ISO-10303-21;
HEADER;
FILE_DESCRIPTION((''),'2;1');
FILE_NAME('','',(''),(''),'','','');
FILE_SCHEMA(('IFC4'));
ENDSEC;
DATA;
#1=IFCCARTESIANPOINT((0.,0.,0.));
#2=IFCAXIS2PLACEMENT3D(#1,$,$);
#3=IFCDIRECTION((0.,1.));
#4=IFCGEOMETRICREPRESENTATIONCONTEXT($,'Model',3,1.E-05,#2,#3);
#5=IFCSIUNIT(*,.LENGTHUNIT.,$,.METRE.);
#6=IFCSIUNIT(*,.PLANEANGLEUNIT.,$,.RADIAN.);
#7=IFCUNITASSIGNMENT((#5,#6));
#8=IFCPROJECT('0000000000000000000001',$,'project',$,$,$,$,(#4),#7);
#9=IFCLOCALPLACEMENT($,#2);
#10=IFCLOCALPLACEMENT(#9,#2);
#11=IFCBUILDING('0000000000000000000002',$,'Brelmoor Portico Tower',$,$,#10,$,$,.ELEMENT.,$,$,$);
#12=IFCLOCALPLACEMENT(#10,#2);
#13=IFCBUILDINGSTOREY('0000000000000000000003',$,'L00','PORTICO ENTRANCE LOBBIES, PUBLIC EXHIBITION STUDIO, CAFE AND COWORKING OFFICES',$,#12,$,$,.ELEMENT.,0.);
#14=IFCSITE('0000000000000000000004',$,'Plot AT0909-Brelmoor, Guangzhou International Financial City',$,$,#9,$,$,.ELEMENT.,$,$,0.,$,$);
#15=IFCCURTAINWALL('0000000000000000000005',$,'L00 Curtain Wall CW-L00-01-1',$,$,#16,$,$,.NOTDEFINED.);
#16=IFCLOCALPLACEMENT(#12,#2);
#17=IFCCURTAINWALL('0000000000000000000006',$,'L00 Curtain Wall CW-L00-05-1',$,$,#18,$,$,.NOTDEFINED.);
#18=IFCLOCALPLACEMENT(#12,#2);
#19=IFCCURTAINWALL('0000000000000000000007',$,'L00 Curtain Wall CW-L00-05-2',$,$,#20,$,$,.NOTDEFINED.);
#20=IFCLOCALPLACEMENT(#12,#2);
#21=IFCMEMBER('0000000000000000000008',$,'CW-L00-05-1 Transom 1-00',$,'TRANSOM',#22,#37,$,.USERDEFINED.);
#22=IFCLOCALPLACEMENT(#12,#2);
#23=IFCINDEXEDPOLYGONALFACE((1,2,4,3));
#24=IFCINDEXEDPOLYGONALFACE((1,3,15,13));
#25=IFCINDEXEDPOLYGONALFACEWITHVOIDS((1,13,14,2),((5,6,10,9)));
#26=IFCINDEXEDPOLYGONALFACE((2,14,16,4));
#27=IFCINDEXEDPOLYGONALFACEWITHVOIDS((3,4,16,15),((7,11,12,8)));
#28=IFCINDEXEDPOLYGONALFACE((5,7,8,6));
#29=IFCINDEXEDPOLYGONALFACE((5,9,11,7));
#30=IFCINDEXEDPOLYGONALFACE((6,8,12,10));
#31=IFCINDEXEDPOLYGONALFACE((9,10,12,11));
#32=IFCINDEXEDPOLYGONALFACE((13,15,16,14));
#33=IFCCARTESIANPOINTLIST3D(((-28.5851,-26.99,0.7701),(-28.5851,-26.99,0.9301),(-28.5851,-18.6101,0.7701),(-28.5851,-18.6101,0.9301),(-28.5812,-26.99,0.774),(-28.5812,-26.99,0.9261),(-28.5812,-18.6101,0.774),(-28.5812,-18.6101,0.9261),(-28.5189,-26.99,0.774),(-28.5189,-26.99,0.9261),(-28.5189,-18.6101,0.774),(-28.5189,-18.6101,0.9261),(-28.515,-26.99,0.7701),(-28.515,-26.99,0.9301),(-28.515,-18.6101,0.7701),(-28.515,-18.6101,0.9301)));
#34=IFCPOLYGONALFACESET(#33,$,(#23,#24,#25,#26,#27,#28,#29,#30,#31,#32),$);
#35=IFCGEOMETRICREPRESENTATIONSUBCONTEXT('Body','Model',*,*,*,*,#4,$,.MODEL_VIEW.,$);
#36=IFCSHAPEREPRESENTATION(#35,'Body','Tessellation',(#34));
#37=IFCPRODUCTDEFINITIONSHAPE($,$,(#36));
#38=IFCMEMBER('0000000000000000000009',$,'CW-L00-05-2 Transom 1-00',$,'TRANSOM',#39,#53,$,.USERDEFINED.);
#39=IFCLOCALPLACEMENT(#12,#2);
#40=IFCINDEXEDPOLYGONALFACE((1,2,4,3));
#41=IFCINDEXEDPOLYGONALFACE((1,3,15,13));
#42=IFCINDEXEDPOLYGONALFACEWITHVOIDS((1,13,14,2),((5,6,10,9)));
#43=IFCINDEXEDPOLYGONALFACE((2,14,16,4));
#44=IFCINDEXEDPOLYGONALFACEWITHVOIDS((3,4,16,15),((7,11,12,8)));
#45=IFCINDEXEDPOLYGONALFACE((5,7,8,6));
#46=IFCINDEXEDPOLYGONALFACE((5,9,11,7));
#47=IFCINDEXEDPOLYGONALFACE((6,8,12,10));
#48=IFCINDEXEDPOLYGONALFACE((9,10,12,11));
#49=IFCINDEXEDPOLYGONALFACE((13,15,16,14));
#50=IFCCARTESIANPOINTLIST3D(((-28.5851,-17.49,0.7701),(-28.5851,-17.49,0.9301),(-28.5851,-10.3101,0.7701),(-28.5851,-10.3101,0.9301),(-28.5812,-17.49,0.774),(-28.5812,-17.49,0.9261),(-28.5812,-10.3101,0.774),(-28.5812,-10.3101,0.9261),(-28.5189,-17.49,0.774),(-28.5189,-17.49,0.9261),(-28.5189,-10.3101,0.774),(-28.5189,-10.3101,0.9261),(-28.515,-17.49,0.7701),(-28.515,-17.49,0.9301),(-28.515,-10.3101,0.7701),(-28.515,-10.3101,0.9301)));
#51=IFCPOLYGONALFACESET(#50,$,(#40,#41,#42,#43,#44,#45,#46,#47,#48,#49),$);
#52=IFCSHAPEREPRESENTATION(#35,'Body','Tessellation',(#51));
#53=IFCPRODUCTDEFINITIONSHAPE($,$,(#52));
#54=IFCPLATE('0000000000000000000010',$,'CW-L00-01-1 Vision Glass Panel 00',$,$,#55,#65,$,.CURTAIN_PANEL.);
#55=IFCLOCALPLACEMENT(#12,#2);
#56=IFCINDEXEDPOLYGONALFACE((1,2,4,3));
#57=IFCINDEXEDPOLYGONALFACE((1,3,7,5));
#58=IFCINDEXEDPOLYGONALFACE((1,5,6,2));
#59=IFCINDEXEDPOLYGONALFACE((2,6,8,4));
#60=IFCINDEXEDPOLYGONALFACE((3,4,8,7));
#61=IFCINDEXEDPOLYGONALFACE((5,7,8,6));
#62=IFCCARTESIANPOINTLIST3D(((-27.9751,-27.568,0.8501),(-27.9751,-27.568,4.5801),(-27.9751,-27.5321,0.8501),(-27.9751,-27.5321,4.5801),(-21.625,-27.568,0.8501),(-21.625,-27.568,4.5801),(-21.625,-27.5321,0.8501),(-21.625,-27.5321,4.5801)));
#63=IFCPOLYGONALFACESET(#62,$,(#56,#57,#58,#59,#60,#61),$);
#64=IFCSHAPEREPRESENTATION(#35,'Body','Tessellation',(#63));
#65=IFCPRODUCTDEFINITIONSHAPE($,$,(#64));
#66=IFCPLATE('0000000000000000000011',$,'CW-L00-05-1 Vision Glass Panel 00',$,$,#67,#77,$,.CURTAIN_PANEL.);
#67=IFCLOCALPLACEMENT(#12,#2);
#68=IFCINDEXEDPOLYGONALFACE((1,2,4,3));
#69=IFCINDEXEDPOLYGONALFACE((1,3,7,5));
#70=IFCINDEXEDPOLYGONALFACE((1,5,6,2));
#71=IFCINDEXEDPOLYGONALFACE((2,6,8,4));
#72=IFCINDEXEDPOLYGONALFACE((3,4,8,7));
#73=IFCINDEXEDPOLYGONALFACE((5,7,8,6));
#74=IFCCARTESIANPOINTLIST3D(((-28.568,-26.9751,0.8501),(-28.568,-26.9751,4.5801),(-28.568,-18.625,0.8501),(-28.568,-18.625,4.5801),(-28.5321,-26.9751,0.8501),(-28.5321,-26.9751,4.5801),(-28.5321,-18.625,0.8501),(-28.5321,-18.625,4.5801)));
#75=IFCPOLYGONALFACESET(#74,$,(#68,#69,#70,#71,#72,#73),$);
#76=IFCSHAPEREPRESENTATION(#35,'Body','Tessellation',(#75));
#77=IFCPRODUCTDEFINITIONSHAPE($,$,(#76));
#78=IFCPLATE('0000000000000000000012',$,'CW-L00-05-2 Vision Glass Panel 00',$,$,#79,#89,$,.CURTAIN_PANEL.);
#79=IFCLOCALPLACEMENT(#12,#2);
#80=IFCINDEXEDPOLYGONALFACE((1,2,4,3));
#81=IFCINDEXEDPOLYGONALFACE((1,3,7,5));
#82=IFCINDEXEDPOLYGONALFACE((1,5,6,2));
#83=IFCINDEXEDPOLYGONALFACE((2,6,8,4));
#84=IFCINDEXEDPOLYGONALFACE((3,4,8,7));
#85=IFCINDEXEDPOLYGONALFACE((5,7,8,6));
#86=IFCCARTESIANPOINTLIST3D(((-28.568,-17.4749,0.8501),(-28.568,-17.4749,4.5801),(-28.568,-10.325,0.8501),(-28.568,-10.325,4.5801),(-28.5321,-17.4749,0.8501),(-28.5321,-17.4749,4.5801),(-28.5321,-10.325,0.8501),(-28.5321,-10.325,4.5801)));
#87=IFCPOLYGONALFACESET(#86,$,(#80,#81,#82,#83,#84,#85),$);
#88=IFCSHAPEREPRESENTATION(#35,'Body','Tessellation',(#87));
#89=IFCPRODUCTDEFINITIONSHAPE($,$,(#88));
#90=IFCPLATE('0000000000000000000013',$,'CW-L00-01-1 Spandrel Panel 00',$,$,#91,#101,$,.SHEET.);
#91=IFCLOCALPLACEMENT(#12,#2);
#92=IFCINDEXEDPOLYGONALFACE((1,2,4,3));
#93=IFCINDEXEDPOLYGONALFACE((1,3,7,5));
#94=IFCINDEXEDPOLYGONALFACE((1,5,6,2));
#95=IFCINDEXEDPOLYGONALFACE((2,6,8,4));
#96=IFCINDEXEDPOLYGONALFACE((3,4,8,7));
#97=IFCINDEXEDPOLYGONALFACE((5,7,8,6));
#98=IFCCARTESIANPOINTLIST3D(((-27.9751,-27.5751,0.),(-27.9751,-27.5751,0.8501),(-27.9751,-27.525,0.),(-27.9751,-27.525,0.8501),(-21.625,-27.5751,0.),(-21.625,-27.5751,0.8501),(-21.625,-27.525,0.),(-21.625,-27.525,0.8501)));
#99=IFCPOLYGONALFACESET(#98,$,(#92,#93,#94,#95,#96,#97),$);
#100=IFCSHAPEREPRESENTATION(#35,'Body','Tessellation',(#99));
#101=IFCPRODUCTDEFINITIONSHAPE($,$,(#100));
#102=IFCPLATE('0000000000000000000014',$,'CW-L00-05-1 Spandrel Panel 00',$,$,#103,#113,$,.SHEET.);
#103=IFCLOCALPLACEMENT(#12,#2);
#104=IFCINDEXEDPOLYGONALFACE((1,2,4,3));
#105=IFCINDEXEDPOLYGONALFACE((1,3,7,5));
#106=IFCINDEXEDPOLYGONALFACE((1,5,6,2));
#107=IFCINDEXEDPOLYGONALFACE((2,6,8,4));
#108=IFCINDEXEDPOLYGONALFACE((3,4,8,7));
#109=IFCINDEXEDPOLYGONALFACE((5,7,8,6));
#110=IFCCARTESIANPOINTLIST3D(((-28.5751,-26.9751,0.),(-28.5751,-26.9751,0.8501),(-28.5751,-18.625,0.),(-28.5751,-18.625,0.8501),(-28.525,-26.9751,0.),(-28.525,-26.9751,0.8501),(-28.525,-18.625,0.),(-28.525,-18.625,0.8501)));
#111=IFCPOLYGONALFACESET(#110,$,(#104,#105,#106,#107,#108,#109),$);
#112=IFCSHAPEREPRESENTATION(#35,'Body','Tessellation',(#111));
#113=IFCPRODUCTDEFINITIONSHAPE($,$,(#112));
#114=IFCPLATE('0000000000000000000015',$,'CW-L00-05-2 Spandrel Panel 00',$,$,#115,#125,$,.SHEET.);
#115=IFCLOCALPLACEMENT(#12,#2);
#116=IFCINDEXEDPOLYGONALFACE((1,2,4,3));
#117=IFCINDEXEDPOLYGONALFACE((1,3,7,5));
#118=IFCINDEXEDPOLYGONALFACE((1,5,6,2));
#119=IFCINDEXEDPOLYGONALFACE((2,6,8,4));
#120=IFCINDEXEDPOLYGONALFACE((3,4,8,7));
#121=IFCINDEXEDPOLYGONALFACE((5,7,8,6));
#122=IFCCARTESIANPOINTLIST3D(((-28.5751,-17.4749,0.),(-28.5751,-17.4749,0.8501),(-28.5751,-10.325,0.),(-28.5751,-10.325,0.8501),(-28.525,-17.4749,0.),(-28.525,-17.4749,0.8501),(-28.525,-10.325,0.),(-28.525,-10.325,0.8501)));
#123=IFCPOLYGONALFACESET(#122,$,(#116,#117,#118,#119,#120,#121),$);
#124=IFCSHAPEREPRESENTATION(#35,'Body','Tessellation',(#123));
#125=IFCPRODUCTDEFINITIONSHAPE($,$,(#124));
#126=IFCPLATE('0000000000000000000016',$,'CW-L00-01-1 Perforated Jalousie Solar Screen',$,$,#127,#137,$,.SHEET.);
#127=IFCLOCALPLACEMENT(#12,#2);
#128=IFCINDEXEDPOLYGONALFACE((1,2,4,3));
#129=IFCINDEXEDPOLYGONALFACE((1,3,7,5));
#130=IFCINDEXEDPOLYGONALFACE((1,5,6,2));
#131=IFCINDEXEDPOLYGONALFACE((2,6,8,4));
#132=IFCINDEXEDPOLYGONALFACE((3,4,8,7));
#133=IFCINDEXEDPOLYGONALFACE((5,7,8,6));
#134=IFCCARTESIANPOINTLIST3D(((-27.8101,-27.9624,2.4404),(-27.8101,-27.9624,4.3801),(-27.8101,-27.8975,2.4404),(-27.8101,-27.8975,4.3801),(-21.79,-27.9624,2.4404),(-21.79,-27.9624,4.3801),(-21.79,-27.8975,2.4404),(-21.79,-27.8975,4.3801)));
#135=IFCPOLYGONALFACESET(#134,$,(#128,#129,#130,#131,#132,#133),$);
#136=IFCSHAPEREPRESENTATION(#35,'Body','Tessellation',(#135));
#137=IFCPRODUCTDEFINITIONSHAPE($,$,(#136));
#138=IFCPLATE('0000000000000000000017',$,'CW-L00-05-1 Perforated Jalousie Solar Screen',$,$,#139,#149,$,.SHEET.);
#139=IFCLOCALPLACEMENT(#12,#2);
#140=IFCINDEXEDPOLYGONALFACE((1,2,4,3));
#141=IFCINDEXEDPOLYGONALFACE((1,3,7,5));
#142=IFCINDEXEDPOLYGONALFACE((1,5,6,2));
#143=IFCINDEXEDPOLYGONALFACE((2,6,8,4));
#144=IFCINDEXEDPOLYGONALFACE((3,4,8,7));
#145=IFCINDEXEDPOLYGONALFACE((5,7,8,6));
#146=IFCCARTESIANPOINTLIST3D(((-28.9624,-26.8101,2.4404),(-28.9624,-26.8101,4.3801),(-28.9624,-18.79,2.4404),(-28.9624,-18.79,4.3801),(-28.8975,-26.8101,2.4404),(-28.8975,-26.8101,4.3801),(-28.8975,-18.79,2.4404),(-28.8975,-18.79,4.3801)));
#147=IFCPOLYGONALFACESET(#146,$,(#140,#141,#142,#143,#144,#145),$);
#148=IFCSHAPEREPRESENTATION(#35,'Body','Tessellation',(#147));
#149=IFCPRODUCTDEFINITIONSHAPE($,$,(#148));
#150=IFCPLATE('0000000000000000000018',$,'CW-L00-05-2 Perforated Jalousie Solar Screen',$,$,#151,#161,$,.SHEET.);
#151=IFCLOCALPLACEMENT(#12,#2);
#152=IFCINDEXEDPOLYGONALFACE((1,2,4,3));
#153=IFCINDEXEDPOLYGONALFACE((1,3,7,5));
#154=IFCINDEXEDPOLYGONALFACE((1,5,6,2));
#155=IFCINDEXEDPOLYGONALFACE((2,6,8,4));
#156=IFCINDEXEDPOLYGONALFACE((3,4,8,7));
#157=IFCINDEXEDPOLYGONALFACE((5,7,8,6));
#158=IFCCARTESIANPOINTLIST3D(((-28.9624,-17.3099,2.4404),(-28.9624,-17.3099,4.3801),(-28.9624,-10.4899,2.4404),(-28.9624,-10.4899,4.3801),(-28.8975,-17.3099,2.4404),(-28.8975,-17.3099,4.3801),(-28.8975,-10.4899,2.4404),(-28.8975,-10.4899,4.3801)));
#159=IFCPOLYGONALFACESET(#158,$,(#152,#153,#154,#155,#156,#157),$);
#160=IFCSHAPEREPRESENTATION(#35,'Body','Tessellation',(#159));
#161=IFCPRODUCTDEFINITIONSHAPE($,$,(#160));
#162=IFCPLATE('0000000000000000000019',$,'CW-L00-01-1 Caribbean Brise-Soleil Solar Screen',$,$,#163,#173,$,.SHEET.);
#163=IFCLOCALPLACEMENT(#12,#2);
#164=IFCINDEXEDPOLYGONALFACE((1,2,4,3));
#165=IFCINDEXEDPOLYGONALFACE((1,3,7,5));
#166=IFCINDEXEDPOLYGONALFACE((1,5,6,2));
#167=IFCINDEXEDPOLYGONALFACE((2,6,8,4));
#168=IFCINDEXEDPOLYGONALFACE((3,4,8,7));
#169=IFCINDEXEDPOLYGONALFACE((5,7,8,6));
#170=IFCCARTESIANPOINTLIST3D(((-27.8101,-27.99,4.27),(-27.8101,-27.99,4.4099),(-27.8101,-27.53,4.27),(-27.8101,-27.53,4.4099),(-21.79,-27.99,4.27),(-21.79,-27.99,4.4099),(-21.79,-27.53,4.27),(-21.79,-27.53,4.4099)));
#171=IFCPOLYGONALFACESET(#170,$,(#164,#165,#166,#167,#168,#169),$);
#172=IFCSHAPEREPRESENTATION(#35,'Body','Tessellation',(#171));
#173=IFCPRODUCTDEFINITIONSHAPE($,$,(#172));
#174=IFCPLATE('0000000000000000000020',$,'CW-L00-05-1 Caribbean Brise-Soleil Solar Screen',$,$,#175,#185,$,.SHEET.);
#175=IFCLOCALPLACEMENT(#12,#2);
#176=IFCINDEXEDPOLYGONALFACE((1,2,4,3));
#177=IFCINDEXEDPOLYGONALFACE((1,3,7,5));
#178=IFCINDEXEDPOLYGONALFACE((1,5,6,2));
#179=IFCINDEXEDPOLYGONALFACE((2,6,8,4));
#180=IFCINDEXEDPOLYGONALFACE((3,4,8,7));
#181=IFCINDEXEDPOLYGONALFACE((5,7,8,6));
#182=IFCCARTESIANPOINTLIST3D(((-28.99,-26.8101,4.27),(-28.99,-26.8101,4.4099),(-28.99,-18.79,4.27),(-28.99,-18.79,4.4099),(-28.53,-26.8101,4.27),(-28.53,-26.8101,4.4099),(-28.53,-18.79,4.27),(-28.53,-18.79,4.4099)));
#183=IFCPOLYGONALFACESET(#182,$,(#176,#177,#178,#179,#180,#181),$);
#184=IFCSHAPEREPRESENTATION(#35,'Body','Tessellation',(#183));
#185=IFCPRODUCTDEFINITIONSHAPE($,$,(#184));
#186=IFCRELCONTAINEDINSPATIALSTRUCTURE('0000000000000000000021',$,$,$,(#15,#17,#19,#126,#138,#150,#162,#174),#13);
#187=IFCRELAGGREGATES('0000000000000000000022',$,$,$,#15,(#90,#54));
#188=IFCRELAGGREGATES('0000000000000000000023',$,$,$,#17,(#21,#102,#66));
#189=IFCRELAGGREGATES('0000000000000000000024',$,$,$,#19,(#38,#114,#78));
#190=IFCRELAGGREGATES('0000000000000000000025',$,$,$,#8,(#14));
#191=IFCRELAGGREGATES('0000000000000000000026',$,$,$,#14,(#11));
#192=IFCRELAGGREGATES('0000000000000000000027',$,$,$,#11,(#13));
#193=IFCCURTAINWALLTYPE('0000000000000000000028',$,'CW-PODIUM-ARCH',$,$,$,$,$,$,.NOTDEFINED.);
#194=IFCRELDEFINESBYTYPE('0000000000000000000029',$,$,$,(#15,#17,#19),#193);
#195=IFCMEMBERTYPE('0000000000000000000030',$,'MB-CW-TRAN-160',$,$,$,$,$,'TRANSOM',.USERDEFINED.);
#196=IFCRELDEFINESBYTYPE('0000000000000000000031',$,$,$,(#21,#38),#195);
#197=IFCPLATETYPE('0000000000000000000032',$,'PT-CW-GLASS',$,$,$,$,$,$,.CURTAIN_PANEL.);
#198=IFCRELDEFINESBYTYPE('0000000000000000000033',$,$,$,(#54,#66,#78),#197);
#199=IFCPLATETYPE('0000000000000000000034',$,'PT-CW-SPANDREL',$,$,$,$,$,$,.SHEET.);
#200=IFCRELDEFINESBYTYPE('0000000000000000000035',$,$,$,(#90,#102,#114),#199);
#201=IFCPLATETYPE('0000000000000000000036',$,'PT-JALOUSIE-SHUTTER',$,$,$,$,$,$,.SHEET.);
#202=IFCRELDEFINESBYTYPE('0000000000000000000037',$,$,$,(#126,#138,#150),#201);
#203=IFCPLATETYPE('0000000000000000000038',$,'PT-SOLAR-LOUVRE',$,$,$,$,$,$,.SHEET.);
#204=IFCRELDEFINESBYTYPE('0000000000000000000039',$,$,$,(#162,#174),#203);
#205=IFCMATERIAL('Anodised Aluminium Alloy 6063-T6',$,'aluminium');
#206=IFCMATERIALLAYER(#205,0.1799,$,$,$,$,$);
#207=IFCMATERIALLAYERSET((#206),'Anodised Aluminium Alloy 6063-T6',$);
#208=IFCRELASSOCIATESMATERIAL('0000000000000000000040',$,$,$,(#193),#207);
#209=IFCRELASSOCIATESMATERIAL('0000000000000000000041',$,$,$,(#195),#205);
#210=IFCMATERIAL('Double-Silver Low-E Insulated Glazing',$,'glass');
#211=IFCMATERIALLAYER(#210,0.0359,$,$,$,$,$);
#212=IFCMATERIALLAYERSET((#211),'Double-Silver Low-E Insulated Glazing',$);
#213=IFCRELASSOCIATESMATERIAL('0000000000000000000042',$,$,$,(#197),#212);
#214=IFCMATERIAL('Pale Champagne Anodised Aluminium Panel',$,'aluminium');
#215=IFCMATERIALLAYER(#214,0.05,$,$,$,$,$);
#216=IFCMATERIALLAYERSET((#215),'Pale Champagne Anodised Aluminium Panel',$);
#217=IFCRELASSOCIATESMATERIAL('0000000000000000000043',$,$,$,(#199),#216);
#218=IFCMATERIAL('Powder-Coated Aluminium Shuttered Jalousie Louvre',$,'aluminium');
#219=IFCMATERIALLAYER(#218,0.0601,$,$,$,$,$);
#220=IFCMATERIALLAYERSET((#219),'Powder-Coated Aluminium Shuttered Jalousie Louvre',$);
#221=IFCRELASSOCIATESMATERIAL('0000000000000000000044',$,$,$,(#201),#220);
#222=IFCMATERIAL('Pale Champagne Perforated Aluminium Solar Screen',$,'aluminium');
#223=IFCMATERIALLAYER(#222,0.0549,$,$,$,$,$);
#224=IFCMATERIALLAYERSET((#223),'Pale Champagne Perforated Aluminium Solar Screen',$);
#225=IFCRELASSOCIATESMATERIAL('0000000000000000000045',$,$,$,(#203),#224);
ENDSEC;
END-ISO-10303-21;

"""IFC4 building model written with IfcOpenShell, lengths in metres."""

from ifc_helpers import new_model, si_unit, direction, frame, origin, origin_2d, place, context, subcontext, project, spatial, rectangle, hollow_rectangle, extrude, material, layer, layer_set, material_profile, profile_set, type_object, element, aggregate, save


model = new_model("IFC4")

# Units and contexts
model_context = context("Model", 3, precision=1e-05, world=origin(), true_north=direction((0.0, 1.0)))
body_context = subcontext(model_context, "Body", "Model", "MODEL_VIEW")
ifc_project = project(units=[si_unit("LENGTHUNIT", "METRE"), si_unit("PLANEANGLEUNIT", "RADIAN")], contexts=[model_context])

# Site, building, storey
site_placement = place(None, origin())
site = spatial("IfcSite", under=ifc_project, at=site_placement, Name="Plot AT0909-Brelmoor, Guangzhou International Financial City", CompositionType="ELEMENT", RefElevation=0.0)
building_placement = place(site_placement, origin())
building = spatial("IfcBuilding", under=site, at=building_placement, Name="Brelmoor Portico Tower", CompositionType="ELEMENT")
storey_placement = place(building_placement, origin())
storey = spatial("IfcBuildingStorey", under=building, at=storey_placement, Name="L00", Description="PORTICO ENTRANCE LOBBIES, PUBLIC EXHIBITION STUDIO, CAFE AND COWORKING OFFICES", CompositionType="ELEMENT", Elevation=0.0)

# Curtain wall
ifc_material_1 = material(Name="Anodised Aluminium Alloy 6063-T6", Category="aluminium")
ifc_layer_1 = layer(ifc_material_1, 0.1799)
ifc_layer_set_1 = layer_set([ifc_layer_1], Name="Anodised Aluminium Alloy 6063-T6")
curtain_wall_type = type_object("IfcCurtainWallType", Name="CW-PODIUM-ARCH", PredefinedType="NOTDEFINED", material=ifc_layer_set_1)
curtain_wall_1_placement = place(storey_placement, origin())
curtain_wall_1 = element("IfcCurtainWall", 1, at=curtain_wall_1_placement, inside=storey, type_object=curtain_wall_type, Name="L00 Curtain Wall CW-L00-01-1", PredefinedType="NOTDEFINED")

# Curtain wall
curtain_wall_2_placement = place(storey_placement, origin())
curtain_wall_2 = element("IfcCurtainWall", 2, at=curtain_wall_2_placement, inside=storey, type_object=curtain_wall_type, Name="L00 Curtain Wall CW-L00-05-1", PredefinedType="NOTDEFINED")

# Curtain wall
curtain_wall_3_placement = place(storey_placement, origin())
curtain_wall_3 = element("IfcCurtainWall", 3, at=curtain_wall_3_placement, inside=storey, type_object=curtain_wall_type, Name="L00 Curtain Wall CW-L00-05-2", PredefinedType="NOTDEFINED")

# Members
ifc_material_profile_1 = material_profile(ifc_material_1, hollow_rectangle(XDim=0.0701, YDim=0.1599, WallThickness=0.0039, at=origin_2d()), Name="ALU TRANSOM 70x160")
ifc_profile_set_1 = profile_set([ifc_material_profile_1], Name="Anodised Aluminium Alloy 6063-T6")
member_type_1 = type_object("IfcMemberType", Name="MB-CW-TRAN-160", ElementType="TRANSOM", PredefinedType="USERDEFINED", material=ifc_profile_set_1)
member_1_placement = place(storey_placement, frame((-28.55, -26.99, 0.8501), z_axis=(0.0, 1.0, 0.0), x_axis=(-1.0, 0.0, 0.0)))
member_1 = element("IfcMember", 4, at=member_1_placement, type_object=member_type_1, Name="CW-L00-05-1 Transom 1-00", ObjectType="TRANSOM", PredefinedType="USERDEFINED", context=body_context, shape_type="SweptSolid", body=[
    extrude(hollow_rectangle(XDim=0.0701, YDim=0.1599, WallThickness=0.0039, at=origin_2d()), origin(), (0.0, 0.0, 1.0), 8.3799),
])
member_2_placement = place(storey_placement, frame((-28.55, -17.49, 0.8501), z_axis=(0.0, 1.0, 0.0), x_axis=(-1.0, 0.0, 0.0)))
member_2 = element("IfcMember", 5, at=member_2_placement, type_object=member_type_1, Name="CW-L00-05-2 Transom 1-00", ObjectType="TRANSOM", PredefinedType="USERDEFINED", context=body_context, shape_type="SweptSolid", body=[
    extrude(hollow_rectangle(XDim=0.0701, YDim=0.1599, WallThickness=0.0039, at=origin_2d()), origin(), (0.0, 0.0, 1.0), 7.1799),
])

# Plates
ifc_material_2 = material(Name="Double-Silver Low-E Insulated Glazing", Category="glass")
ifc_layer_2 = layer(ifc_material_2, 0.0359)
ifc_layer_set_2 = layer_set([ifc_layer_2], Name="Double-Silver Low-E Insulated Glazing")
plate_type_1 = type_object("IfcPlateType", Name="PT-CW-GLASS", PredefinedType="CURTAIN_PANEL", material=ifc_layer_set_2)
plate_1_placement = place(storey_placement, frame((-24.8, -27.55, 0.8501), z_axis=(0.0, 0.0, 1.0), x_axis=(1.0, 0.0, 0.0)))
plate_1 = element("IfcPlate", 6, at=plate_1_placement, type_object=plate_type_1, Name="CW-L00-01-1 Vision Glass Panel 00", PredefinedType="CURTAIN_PANEL", context=body_context, shape_type="SweptSolid", body=[
    extrude(rectangle(XDim=6.3501, YDim=0.0359, at=origin_2d()), origin(), (0.0, 0.0, 1.0), 3.73),
])
plate_2_placement = place(storey_placement, frame((-28.55, -22.8, 0.8501), z_axis=(0.0, 0.0, 1.0), x_axis=(0.0, 1.0, 0.0)))
plate_2 = element("IfcPlate", 7, at=plate_2_placement, type_object=plate_type_1, Name="CW-L00-05-1 Vision Glass Panel 00", PredefinedType="CURTAIN_PANEL", context=body_context, shape_type="SweptSolid", body=[
    extrude(rectangle(XDim=8.3501, YDim=0.0359, at=origin_2d()), origin(), (0.0, 0.0, 1.0), 3.73),
])
plate_3_placement = place(storey_placement, frame((-28.55, -13.8999, 0.8501), z_axis=(0.0, 0.0, 1.0), x_axis=(0.0, 1.0, 0.0)))
plate_3 = element("IfcPlate", 8, at=plate_3_placement, type_object=plate_type_1, Name="CW-L00-05-2 Vision Glass Panel 00", PredefinedType="CURTAIN_PANEL", context=body_context, shape_type="SweptSolid", body=[
    extrude(rectangle(XDim=7.1499, YDim=0.0359, at=origin_2d()), origin(), (0.0, 0.0, 1.0), 3.73),
])
ifc_material_3 = material(Name="Pale Champagne Anodised Aluminium Panel", Category="aluminium")
ifc_layer_3 = layer(ifc_material_3, 0.05)
ifc_layer_set_3 = layer_set([ifc_layer_3], Name="Pale Champagne Anodised Aluminium Panel")
plate_type_2 = type_object("IfcPlateType", Name="PT-CW-SPANDREL", PredefinedType="SHEET", material=ifc_layer_set_3)
plate_4_placement = place(storey_placement, frame((-24.8, -27.55, 0.0), z_axis=(0.0, 0.0, 1.0), x_axis=(1.0, 0.0, 0.0)))
plate_4 = element("IfcPlate", 9, at=plate_4_placement, type_object=plate_type_2, Name="CW-L00-01-1 Spandrel Panel 00", PredefinedType="SHEET", context=body_context, shape_type="SweptSolid", body=[
    extrude(rectangle(XDim=6.3501, YDim=0.05, at=origin_2d()), origin(), (0.0, 0.0, 1.0), 0.8501),
])
aggregate(curtain_wall_1, [plate_4, plate_1])
plate_5_placement = place(storey_placement, frame((-28.55, -22.8, 0.0), z_axis=(0.0, 0.0, 1.0), x_axis=(0.0, 1.0, 0.0)))
plate_5 = element("IfcPlate", 10, at=plate_5_placement, type_object=plate_type_2, Name="CW-L00-05-1 Spandrel Panel 00", PredefinedType="SHEET", context=body_context, shape_type="SweptSolid", body=[
    extrude(rectangle(XDim=8.3501, YDim=0.05, at=origin_2d()), origin(), (0.0, 0.0, 1.0), 0.8501),
])
aggregate(curtain_wall_2, [member_1, plate_5, plate_2])
plate_6_placement = place(storey_placement, frame((-28.55, -13.8999, 0.0), z_axis=(0.0, 0.0, 1.0), x_axis=(0.0, 1.0, 0.0)))
plate_6 = element("IfcPlate", 11, at=plate_6_placement, type_object=plate_type_2, Name="CW-L00-05-2 Spandrel Panel 00", PredefinedType="SHEET", context=body_context, shape_type="SweptSolid", body=[
    extrude(rectangle(XDim=7.1499, YDim=0.05, at=origin_2d()), origin(), (0.0, 0.0, 1.0), 0.8501),
])
aggregate(curtain_wall_3, [member_2, plate_6, plate_3])

# Plates
ifc_material_4 = material(Name="Powder-Coated Aluminium Shuttered Jalousie Louvre", Category="aluminium")
ifc_layer_4 = layer(ifc_material_4, 0.0601)
ifc_layer_set_4 = layer_set([ifc_layer_4], Name="Powder-Coated Aluminium Shuttered Jalousie Louvre")
plate_type_3 = type_object("IfcPlateType", Name="PT-JALOUSIE-SHUTTER", PredefinedType="SHEET", material=ifc_layer_set_4)
plate_7_placement = place(storey_placement, frame((-24.8, -27.9299, 2.4404), z_axis=(0.0, 0.0, 1.0), x_axis=(1.0, 0.0, 0.0)))
element("IfcPlate", 12, at=plate_7_placement, inside=storey, type_object=plate_type_3, Name="CW-L00-01-1 Perforated Jalousie Solar Screen", PredefinedType="SHEET", context=body_context, shape_type="SweptSolid", body=[
    extrude(rectangle(XDim=6.02, YDim=0.0649, at=origin_2d()), origin(), (0.0, 0.0, 1.0), 1.9397),
])
plate_8_placement = place(storey_placement, frame((-28.9299, -22.8, 2.4404), z_axis=(0.0, 0.0, 1.0), x_axis=(0.0, 1.0, 0.0)))
element("IfcPlate", 13, at=plate_8_placement, inside=storey, type_object=plate_type_3, Name="CW-L00-05-1 Perforated Jalousie Solar Screen", PredefinedType="SHEET", context=body_context, shape_type="SweptSolid", body=[
    extrude(rectangle(XDim=8.02, YDim=0.0649, at=origin_2d()), origin(), (0.0, 0.0, 1.0), 1.9397),
])
plate_9_placement = place(storey_placement, frame((-28.9299, -13.8999, 2.4404), z_axis=(0.0, 0.0, 1.0), x_axis=(0.0, 1.0, 0.0)))
element("IfcPlate", 14, at=plate_9_placement, inside=storey, type_object=plate_type_3, Name="CW-L00-05-2 Perforated Jalousie Solar Screen", PredefinedType="SHEET", context=body_context, shape_type="SweptSolid", body=[
    extrude(rectangle(XDim=6.8201, YDim=0.0649, at=origin_2d()), origin(), (0.0, 0.0, 1.0), 1.9397),
])
ifc_material_5 = material(Name="Pale Champagne Perforated Aluminium Solar Screen", Category="aluminium")
ifc_layer_5 = layer(ifc_material_5, 0.0549)
ifc_layer_set_5 = layer_set([ifc_layer_5], Name="Pale Champagne Perforated Aluminium Solar Screen")
plate_type_4 = type_object("IfcPlateType", Name="PT-SOLAR-LOUVRE", PredefinedType="SHEET", material=ifc_layer_set_5)
plate_10_placement = place(storey_placement, frame((-24.8, -27.76, 4.27), z_axis=(0.0, 0.0, 1.0), x_axis=(1.0, 0.0, 0.0)))
element("IfcPlate", 15, at=plate_10_placement, inside=storey, type_object=plate_type_4, Name="CW-L00-01-1 Caribbean Brise-Soleil Solar Screen", PredefinedType="SHEET", context=body_context, shape_type="SweptSolid", body=[
    extrude(rectangle(XDim=6.02, YDim=0.46, at=origin_2d()), origin(), (0.0, 0.0, 1.0), 0.1399),
])
plate_11_placement = place(storey_placement, frame((-28.76, -22.8, 4.27), z_axis=(0.0, 0.0, 1.0), x_axis=(0.0, 1.0, 0.0)))
element("IfcPlate", 16, at=plate_11_placement, inside=storey, type_object=plate_type_4, Name="CW-L00-05-1 Caribbean Brise-Soleil Solar Screen", PredefinedType="SHEET", context=body_context, shape_type="SweptSolid", body=[
    extrude(rectangle(XDim=8.02, YDim=0.46, at=origin_2d()), origin(), (0.0, 0.0, 1.0), 0.1399),
])

save(model, "model.ifc")
